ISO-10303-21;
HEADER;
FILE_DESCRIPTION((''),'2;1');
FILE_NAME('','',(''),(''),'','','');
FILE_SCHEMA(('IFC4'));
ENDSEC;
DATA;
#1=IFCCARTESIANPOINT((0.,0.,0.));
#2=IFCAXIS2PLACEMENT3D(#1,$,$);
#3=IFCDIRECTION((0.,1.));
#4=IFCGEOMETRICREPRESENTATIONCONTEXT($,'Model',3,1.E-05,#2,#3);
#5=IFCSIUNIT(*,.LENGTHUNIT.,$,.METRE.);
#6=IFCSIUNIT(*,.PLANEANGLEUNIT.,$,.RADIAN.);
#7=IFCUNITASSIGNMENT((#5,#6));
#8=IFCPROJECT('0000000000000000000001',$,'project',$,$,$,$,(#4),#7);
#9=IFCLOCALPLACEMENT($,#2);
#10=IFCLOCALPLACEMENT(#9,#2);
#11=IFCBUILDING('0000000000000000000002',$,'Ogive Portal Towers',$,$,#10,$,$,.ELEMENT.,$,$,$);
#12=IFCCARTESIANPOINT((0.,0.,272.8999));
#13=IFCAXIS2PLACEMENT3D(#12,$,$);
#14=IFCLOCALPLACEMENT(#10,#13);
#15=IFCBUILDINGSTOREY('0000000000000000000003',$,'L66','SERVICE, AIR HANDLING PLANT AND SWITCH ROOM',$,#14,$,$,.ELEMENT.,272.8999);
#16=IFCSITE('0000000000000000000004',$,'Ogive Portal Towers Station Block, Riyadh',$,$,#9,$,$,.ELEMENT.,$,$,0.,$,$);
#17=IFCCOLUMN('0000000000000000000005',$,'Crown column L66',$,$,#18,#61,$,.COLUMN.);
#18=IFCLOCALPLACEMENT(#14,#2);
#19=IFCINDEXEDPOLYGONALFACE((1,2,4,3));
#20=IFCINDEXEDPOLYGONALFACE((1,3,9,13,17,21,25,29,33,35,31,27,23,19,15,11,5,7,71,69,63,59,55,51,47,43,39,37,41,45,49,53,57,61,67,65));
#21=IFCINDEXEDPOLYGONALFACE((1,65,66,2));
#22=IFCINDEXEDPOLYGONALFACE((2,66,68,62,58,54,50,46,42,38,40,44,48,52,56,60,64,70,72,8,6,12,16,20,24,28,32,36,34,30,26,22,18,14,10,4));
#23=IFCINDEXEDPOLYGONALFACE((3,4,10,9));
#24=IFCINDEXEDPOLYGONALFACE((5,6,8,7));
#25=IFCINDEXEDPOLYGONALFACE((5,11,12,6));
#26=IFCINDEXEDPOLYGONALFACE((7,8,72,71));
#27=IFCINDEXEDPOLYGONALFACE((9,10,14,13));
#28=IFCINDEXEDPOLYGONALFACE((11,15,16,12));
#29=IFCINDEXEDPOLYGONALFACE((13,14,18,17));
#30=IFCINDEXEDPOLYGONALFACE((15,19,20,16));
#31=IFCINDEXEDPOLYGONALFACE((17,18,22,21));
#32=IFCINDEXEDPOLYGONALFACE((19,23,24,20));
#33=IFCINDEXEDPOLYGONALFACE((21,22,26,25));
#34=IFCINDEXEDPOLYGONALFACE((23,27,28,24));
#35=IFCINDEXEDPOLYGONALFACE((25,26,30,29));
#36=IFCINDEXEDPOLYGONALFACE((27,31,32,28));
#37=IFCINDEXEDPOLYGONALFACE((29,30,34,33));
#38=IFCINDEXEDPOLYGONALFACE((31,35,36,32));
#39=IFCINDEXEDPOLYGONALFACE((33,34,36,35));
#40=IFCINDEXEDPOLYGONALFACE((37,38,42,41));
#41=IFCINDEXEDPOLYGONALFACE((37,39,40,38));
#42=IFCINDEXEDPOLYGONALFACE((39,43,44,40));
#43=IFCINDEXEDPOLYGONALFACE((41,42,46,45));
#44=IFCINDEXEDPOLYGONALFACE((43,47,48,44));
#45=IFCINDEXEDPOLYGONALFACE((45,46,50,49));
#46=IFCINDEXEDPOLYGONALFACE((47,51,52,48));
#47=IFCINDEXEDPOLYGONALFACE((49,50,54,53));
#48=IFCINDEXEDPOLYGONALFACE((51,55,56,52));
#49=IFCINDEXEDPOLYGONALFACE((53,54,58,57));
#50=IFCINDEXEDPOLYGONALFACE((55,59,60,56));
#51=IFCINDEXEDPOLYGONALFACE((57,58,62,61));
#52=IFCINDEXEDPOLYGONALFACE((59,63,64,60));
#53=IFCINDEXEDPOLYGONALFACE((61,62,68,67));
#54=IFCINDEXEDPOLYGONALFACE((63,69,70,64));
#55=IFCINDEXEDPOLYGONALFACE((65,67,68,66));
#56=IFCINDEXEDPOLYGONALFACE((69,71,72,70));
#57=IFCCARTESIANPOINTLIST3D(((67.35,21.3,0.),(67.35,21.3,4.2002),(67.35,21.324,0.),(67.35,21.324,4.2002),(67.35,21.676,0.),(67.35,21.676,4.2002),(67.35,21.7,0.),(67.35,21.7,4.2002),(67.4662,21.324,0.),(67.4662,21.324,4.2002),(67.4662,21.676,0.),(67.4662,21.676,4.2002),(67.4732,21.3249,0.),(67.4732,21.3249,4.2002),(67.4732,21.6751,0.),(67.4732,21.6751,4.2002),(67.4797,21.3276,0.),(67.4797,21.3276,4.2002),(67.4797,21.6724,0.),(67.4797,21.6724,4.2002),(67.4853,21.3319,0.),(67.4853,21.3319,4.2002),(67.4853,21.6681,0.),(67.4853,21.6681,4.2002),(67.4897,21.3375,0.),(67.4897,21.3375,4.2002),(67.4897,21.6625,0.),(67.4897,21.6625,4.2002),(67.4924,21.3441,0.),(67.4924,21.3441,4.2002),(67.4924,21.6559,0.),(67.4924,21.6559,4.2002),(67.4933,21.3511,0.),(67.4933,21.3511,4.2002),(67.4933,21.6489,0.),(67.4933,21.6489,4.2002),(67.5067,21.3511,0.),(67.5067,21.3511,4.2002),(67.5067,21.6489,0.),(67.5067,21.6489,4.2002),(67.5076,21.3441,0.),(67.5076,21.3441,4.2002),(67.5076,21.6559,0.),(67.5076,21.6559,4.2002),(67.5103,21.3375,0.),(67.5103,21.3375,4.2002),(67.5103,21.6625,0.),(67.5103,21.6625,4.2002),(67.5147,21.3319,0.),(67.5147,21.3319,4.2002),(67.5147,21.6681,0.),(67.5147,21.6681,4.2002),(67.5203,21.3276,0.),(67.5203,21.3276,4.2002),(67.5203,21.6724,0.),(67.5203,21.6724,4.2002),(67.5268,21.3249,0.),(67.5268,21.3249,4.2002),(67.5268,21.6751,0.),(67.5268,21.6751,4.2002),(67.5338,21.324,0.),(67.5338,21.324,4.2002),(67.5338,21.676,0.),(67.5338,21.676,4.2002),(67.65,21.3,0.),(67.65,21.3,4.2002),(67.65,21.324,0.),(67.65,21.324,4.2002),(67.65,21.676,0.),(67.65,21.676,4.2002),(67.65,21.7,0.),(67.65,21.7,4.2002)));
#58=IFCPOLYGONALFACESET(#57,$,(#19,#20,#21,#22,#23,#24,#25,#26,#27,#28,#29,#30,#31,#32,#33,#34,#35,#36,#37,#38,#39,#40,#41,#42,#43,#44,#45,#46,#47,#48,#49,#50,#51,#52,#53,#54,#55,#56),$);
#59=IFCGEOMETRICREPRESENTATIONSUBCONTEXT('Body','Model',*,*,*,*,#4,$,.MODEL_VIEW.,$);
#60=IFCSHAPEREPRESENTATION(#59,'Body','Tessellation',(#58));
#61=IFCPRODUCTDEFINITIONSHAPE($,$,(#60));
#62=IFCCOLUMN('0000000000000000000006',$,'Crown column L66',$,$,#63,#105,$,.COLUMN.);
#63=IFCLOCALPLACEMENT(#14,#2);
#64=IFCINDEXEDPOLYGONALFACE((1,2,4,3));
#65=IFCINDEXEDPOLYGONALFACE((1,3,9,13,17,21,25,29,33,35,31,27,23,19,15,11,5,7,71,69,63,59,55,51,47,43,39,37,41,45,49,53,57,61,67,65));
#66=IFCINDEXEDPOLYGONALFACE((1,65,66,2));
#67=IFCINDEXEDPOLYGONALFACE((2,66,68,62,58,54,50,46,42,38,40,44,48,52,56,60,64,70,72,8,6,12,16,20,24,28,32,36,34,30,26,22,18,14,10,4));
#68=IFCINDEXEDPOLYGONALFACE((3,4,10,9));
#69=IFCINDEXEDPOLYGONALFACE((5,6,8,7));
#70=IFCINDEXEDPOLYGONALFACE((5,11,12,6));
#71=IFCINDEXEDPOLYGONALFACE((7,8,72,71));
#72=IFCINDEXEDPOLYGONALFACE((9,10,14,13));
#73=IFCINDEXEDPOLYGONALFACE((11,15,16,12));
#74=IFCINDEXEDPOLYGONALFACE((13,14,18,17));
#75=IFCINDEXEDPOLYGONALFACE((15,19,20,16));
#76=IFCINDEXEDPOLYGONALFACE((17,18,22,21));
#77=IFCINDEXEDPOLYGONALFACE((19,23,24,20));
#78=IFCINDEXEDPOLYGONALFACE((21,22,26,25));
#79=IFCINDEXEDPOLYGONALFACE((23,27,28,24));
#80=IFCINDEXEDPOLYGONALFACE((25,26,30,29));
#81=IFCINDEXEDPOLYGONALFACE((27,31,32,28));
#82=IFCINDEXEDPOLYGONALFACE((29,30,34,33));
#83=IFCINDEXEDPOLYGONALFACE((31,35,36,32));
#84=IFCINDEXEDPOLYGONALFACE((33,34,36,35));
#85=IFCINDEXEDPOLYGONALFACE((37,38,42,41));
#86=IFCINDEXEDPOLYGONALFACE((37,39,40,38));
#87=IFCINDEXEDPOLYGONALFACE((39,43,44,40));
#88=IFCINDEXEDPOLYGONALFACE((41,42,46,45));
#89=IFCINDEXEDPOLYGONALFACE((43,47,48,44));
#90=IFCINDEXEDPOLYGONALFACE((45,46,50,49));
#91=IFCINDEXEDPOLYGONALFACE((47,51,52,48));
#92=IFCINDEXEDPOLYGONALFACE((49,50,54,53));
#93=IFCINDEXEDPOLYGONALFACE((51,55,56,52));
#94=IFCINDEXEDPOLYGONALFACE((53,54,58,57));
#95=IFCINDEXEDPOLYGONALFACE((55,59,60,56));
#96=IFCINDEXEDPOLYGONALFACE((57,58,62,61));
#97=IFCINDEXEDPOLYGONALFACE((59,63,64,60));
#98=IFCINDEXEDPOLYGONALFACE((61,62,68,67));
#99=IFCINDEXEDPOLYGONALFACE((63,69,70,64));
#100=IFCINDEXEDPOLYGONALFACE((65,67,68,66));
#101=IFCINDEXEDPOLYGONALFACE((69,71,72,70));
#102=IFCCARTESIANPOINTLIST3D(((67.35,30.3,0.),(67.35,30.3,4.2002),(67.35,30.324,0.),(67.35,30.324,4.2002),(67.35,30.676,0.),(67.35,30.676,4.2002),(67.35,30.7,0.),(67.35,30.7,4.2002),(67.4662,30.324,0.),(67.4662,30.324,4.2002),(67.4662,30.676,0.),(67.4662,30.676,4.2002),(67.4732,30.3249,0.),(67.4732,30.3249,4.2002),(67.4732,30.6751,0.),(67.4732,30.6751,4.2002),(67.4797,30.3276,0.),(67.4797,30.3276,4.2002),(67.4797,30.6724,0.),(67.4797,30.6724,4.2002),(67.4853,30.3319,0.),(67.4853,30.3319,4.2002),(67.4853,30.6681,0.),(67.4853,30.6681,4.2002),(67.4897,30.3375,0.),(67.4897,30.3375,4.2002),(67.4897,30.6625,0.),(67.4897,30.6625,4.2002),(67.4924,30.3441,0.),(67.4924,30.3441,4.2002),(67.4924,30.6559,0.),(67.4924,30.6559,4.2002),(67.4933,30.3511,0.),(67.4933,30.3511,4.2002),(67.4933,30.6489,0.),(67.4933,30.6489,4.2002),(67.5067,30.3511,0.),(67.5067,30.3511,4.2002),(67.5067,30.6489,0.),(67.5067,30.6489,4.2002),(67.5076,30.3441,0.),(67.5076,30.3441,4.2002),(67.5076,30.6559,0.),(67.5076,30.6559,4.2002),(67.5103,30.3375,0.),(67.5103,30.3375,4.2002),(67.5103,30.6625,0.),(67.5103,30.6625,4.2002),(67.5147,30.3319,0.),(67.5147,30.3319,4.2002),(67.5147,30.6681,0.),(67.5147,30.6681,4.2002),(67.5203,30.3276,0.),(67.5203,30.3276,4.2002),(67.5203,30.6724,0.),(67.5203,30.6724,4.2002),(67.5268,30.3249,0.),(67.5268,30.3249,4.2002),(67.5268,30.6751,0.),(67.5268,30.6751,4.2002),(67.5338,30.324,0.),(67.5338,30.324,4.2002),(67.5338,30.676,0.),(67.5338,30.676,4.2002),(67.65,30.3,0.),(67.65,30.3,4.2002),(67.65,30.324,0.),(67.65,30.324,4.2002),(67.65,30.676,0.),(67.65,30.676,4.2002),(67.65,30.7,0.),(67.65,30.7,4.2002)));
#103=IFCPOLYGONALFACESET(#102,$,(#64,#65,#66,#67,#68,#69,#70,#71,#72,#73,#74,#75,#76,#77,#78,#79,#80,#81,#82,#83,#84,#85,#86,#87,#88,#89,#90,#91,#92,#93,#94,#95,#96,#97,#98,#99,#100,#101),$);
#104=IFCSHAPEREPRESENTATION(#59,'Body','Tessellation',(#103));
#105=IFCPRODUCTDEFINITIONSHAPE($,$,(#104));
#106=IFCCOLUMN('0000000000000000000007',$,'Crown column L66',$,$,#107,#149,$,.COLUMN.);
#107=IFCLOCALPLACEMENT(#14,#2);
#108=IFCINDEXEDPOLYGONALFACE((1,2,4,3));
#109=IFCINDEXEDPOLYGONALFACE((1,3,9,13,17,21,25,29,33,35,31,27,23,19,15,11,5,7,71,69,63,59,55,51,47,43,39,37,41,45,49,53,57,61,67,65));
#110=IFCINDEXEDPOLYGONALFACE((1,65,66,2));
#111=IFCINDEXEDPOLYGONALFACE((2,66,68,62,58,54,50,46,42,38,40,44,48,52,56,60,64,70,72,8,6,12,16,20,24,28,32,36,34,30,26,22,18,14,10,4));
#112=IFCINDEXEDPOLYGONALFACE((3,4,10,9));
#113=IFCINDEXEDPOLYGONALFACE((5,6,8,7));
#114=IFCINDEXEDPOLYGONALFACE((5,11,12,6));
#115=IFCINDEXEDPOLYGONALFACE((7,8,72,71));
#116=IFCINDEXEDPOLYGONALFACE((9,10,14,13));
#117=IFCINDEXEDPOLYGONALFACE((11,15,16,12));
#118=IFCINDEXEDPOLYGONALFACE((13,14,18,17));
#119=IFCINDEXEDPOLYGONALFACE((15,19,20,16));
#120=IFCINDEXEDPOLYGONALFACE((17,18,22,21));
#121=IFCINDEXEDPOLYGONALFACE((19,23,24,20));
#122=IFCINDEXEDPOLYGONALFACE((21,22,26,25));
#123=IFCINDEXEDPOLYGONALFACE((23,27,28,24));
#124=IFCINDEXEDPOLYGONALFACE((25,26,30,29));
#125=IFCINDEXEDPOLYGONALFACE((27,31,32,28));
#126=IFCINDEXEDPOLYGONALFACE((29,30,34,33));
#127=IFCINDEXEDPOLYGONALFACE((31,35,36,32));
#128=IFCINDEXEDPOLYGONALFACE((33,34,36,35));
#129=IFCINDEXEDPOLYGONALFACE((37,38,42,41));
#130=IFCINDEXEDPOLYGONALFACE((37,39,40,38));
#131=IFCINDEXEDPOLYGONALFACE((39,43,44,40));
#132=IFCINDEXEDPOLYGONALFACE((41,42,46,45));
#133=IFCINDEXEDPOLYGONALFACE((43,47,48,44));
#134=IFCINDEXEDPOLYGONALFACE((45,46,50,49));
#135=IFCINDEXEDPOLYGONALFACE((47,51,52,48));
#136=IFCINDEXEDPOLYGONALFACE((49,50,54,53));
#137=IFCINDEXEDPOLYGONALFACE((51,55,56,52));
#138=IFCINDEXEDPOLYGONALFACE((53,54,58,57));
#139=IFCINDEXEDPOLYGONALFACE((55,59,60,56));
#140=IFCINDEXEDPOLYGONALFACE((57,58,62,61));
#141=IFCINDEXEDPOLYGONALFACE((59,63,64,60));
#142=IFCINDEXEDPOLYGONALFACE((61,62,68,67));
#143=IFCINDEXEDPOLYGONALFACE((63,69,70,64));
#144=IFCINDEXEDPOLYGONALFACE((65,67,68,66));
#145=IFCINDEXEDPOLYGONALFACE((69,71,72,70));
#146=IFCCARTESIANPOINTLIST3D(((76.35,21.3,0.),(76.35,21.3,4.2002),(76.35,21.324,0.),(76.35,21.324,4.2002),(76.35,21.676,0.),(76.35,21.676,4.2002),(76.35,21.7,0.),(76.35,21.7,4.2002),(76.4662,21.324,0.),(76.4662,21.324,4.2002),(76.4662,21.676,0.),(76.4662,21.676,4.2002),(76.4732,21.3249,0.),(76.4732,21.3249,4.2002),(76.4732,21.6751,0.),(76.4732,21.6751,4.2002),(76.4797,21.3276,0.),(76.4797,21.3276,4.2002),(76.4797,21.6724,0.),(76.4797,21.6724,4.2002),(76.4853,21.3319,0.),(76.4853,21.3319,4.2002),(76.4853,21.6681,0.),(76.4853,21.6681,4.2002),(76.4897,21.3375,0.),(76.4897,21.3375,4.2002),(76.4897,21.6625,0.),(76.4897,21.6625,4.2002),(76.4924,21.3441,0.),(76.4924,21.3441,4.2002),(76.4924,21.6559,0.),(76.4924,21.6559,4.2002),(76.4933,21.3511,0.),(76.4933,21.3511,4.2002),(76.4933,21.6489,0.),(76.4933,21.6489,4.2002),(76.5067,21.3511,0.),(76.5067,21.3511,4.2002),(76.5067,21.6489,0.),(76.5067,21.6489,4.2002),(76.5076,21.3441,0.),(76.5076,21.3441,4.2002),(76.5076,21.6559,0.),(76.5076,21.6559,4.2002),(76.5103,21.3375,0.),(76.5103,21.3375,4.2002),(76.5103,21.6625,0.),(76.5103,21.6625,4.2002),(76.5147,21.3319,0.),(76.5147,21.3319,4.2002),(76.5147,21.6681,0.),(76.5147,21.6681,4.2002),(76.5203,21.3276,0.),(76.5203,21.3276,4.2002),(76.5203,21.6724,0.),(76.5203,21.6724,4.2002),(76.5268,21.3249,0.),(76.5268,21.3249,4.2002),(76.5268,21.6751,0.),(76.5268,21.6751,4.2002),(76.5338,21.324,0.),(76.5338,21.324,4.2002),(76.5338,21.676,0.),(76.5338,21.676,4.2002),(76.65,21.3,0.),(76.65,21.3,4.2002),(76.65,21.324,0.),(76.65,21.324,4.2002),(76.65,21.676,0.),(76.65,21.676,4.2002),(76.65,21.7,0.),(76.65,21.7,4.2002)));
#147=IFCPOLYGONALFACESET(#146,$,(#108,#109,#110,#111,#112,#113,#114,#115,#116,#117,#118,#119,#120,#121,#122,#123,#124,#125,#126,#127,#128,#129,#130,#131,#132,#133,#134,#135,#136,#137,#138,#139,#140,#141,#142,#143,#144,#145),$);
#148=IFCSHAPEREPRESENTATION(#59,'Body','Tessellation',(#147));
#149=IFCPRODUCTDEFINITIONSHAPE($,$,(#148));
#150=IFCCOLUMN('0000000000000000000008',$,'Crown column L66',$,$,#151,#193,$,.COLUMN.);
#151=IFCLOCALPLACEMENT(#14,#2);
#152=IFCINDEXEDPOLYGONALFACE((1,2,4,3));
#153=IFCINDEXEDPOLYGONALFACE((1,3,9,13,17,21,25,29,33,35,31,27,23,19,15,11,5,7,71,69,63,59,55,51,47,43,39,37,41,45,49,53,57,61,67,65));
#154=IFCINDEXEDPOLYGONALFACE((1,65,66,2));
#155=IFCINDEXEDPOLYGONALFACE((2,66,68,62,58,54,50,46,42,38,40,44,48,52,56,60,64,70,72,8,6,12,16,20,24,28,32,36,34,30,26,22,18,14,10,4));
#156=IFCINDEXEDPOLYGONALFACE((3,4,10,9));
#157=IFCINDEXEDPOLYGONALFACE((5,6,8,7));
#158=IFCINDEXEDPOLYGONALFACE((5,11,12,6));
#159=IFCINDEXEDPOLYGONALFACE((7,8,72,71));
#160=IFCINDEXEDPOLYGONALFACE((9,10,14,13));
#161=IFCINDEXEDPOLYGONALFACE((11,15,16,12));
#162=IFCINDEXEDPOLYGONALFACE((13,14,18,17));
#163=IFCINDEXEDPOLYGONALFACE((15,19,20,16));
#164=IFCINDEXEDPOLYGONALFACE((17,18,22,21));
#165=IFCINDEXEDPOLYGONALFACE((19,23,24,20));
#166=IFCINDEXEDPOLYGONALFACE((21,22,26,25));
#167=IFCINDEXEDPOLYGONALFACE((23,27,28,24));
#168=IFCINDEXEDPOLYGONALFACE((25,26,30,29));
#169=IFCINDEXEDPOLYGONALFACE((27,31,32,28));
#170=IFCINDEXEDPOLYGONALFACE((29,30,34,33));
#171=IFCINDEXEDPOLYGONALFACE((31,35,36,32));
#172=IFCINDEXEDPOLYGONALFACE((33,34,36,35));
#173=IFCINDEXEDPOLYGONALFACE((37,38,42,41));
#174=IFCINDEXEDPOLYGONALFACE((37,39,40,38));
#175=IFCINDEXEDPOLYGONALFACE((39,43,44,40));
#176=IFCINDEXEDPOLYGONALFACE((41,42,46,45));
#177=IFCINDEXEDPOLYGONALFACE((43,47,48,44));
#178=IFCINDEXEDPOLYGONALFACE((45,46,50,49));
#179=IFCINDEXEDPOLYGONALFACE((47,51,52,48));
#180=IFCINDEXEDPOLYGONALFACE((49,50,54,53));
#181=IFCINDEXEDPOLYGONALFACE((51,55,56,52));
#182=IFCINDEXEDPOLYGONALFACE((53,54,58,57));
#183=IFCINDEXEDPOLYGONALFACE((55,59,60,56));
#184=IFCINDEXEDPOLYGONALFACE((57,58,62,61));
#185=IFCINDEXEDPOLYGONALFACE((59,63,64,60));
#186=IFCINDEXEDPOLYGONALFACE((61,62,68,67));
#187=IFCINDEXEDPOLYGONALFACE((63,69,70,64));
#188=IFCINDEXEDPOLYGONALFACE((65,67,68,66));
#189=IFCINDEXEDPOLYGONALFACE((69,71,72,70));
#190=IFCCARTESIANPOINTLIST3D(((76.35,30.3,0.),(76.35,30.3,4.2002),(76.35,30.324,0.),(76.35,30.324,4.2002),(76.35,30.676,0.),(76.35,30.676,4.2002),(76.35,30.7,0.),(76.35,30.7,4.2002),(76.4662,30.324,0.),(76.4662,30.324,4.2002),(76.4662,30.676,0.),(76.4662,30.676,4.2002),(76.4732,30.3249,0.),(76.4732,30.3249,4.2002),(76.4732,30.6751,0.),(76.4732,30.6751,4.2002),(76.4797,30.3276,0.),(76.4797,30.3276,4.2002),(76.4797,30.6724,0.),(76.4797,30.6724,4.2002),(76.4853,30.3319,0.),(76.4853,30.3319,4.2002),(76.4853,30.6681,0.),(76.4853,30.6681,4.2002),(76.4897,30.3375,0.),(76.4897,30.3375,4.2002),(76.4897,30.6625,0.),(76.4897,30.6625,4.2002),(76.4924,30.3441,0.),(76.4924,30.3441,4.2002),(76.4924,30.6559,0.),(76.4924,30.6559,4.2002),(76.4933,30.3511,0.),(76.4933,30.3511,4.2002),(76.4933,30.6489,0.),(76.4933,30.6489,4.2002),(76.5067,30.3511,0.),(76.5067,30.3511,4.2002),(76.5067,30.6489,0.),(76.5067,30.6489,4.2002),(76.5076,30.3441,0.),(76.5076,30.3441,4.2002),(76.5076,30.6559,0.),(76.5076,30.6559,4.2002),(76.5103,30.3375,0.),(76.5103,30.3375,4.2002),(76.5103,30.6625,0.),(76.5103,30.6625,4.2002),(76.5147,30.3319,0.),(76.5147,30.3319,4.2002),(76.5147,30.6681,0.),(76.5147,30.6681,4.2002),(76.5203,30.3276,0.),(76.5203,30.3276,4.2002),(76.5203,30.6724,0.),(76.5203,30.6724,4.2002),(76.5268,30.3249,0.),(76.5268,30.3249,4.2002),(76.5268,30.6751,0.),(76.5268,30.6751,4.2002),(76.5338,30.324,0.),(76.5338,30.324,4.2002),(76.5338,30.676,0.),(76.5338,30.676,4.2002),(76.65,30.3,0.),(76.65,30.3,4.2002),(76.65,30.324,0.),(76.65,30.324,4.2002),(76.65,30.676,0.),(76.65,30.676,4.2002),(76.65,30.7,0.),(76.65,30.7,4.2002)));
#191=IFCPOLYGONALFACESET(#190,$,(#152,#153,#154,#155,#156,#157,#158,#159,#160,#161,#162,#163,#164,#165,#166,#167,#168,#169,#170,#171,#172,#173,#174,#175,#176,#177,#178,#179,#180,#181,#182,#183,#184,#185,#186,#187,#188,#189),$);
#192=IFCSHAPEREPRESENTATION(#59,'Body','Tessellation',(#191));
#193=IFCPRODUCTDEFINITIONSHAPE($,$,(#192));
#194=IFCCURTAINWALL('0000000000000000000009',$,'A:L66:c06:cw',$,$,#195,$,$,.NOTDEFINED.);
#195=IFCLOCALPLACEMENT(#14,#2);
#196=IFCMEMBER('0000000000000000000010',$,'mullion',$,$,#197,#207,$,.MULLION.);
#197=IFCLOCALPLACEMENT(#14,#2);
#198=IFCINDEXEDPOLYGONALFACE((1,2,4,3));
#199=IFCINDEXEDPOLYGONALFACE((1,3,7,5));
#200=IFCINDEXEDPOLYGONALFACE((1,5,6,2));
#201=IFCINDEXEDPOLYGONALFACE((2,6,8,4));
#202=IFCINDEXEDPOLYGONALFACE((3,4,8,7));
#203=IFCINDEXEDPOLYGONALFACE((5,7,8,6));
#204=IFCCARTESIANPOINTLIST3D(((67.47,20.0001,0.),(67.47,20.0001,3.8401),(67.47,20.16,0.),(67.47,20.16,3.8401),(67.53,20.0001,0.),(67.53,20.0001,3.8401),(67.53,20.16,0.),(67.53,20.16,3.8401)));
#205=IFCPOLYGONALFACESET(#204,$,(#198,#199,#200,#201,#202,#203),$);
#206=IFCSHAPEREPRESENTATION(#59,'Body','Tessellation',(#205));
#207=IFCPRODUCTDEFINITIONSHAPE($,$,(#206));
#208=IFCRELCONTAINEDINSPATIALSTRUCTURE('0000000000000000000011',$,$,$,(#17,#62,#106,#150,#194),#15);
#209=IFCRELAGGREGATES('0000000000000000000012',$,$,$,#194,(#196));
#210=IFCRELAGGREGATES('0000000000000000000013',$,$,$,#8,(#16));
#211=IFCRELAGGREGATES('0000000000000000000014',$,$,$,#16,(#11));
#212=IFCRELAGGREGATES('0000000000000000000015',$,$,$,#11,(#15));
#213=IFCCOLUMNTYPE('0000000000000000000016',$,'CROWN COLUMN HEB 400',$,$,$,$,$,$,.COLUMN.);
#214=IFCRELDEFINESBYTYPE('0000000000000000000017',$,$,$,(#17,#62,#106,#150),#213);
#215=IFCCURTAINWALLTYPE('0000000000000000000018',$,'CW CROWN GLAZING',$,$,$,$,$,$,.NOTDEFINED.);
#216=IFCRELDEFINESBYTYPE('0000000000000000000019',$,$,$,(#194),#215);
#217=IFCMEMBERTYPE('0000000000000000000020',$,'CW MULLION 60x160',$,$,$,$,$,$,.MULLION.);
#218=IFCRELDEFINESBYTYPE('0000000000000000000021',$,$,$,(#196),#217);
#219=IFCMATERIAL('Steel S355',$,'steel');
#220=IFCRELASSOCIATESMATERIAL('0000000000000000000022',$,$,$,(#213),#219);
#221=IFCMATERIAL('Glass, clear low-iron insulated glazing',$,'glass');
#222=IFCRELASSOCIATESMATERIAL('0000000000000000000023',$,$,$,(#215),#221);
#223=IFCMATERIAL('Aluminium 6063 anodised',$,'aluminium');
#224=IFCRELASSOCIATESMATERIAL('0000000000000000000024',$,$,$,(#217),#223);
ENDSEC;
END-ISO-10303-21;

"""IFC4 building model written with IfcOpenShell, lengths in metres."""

from ifc_helpers import new_model, si_unit, direction, frame, origin, origin_2d, place, context, subcontext, project, spatial, rectangle, i_section, extrude, material, material_profile, profile_set, type_object, element, aggregate, save


model = new_model("IFC4")

# Units and contexts
model_context = context("Model", 3, precision=1e-05, world=origin(), true_north=direction((0.0, 1.0)))
body_context = subcontext(model_context, "Body", "Model", "MODEL_VIEW")
ifc_project = project(units=[si_unit("LENGTHUNIT", "METRE"), si_unit("PLANEANGLEUNIT", "RADIAN")], contexts=[model_context])

# Site, building, storey
site_placement = place(None, origin())
site = spatial("IfcSite", under=ifc_project, at=site_placement, Name="Ogive Portal Towers Station Block, Riyadh", CompositionType="ELEMENT", RefElevation=0.0)
building_placement = place(site_placement, origin())
building = spatial("IfcBuilding", under=site, at=building_placement, Name="Ogive Portal Towers", CompositionType="ELEMENT")
storey_placement = place(building_placement, frame((0.0, 0.0, 272.8999)))
storey = spatial("IfcBuildingStorey", under=building, at=storey_placement, Name="L66", Description="SERVICE, AIR HANDLING PLANT AND SWITCH ROOM", CompositionType="ELEMENT", Elevation=272.8999)

# Columns
ifc_material_1 = material(Name="Steel S355", Category="steel")
ifc_material_profile_1 = material_profile(ifc_material_1, i_section(OverallWidth=0.3, OverallDepth=0.3999, WebThickness=0.0134, FlangeThickness=0.0239, FilletRadius=0.0271, at=origin_2d()), Name="HEB 400")
ifc_profile_set_1 = profile_set([ifc_material_profile_1], Name="Steel S355")
column_type = type_object("IfcColumnType", Name="CROWN COLUMN HEB 400", PredefinedType="COLUMN", material=ifc_profile_set_1)
for number, where, z_axis, x_axis, name in (
    (1, (67.5, 21.5, 0.0), (0.0, 0.0, 1.0), (1.0, 0.0, 0.0), "Crown column L66"),
    (2, (67.5, 30.5, 0.0), (0.0, 0.0, 1.0), (1.0, 0.0, 0.0), "Crown column L66"),
    (3, (76.5, 21.5, 0.0), (0.0, 0.0, 1.0), (1.0, 0.0, 0.0), "Crown column L66"),
    (4, (76.5, 30.5, 0.0), (0.0, 0.0, 1.0), (1.0, 0.0, 0.0), "Crown column L66"),
):
    element("IfcColumn", number, at=place(storey_placement, frame(where, z_axis=z_axis, x_axis=x_axis)), inside=storey, type_object=column_type, Name=name, PredefinedType="COLUMN", context=body_context, shape_type="SweptSolid", body=[
        extrude(i_section(OverallWidth=0.3, OverallDepth=0.3999, WebThickness=0.0134, FlangeThickness=0.0239, FilletRadius=0.0271, at=origin_2d()), origin(), (0.0, 0.0, 1.0), 4.2002),
    ])

# Curtain wall, member
ifc_material_2 = material(Name="Glass, clear low-iron insulated glazing", Category="glass")
curtain_wall_type = type_object("IfcCurtainWallType", Name="CW CROWN GLAZING", PredefinedType="NOTDEFINED", material=ifc_material_2)
curtain_wall_placement = place(storey_placement, origin())
curtain_wall = element("IfcCurtainWall", 5, at=curtain_wall_placement, inside=storey, type_object=curtain_wall_type, Name="A:L66:c06:cw", PredefinedType="NOTDEFINED")
ifc_material_3 = material(Name="Aluminium 6063 anodised", Category="aluminium")
ifc_material_profile_2 = material_profile(ifc_material_3, rectangle(XDim=0.1599, YDim=0.0601, at=origin_2d()), Name="AL 60x160")
ifc_profile_set_2 = profile_set([ifc_material_profile_2], Name="Aluminium 6063 anodised")
member_type = type_object("IfcMemberType", Name="CW MULLION 60x160", PredefinedType="MULLION", material=ifc_profile_set_2)
member_1_placement = place(storey_placement, frame((67.5, 20.0801, 0.0), z_axis=(0.0, 0.0, 1.0), x_axis=(0.0, 1.0, 0.0)))
member_1 = element("IfcMember", 6, at=member_1_placement, type_object=member_type, Name="mullion", PredefinedType="MULLION", context=body_context, shape_type="SweptSolid", body=[
    extrude(rectangle(XDim=0.1599, YDim=0.0601, at=origin_2d()), origin(), (0.0, 0.0, 1.0), 3.8401),
])
aggregate(curtain_wall, [member_1])

save(model, "model.ifc")
